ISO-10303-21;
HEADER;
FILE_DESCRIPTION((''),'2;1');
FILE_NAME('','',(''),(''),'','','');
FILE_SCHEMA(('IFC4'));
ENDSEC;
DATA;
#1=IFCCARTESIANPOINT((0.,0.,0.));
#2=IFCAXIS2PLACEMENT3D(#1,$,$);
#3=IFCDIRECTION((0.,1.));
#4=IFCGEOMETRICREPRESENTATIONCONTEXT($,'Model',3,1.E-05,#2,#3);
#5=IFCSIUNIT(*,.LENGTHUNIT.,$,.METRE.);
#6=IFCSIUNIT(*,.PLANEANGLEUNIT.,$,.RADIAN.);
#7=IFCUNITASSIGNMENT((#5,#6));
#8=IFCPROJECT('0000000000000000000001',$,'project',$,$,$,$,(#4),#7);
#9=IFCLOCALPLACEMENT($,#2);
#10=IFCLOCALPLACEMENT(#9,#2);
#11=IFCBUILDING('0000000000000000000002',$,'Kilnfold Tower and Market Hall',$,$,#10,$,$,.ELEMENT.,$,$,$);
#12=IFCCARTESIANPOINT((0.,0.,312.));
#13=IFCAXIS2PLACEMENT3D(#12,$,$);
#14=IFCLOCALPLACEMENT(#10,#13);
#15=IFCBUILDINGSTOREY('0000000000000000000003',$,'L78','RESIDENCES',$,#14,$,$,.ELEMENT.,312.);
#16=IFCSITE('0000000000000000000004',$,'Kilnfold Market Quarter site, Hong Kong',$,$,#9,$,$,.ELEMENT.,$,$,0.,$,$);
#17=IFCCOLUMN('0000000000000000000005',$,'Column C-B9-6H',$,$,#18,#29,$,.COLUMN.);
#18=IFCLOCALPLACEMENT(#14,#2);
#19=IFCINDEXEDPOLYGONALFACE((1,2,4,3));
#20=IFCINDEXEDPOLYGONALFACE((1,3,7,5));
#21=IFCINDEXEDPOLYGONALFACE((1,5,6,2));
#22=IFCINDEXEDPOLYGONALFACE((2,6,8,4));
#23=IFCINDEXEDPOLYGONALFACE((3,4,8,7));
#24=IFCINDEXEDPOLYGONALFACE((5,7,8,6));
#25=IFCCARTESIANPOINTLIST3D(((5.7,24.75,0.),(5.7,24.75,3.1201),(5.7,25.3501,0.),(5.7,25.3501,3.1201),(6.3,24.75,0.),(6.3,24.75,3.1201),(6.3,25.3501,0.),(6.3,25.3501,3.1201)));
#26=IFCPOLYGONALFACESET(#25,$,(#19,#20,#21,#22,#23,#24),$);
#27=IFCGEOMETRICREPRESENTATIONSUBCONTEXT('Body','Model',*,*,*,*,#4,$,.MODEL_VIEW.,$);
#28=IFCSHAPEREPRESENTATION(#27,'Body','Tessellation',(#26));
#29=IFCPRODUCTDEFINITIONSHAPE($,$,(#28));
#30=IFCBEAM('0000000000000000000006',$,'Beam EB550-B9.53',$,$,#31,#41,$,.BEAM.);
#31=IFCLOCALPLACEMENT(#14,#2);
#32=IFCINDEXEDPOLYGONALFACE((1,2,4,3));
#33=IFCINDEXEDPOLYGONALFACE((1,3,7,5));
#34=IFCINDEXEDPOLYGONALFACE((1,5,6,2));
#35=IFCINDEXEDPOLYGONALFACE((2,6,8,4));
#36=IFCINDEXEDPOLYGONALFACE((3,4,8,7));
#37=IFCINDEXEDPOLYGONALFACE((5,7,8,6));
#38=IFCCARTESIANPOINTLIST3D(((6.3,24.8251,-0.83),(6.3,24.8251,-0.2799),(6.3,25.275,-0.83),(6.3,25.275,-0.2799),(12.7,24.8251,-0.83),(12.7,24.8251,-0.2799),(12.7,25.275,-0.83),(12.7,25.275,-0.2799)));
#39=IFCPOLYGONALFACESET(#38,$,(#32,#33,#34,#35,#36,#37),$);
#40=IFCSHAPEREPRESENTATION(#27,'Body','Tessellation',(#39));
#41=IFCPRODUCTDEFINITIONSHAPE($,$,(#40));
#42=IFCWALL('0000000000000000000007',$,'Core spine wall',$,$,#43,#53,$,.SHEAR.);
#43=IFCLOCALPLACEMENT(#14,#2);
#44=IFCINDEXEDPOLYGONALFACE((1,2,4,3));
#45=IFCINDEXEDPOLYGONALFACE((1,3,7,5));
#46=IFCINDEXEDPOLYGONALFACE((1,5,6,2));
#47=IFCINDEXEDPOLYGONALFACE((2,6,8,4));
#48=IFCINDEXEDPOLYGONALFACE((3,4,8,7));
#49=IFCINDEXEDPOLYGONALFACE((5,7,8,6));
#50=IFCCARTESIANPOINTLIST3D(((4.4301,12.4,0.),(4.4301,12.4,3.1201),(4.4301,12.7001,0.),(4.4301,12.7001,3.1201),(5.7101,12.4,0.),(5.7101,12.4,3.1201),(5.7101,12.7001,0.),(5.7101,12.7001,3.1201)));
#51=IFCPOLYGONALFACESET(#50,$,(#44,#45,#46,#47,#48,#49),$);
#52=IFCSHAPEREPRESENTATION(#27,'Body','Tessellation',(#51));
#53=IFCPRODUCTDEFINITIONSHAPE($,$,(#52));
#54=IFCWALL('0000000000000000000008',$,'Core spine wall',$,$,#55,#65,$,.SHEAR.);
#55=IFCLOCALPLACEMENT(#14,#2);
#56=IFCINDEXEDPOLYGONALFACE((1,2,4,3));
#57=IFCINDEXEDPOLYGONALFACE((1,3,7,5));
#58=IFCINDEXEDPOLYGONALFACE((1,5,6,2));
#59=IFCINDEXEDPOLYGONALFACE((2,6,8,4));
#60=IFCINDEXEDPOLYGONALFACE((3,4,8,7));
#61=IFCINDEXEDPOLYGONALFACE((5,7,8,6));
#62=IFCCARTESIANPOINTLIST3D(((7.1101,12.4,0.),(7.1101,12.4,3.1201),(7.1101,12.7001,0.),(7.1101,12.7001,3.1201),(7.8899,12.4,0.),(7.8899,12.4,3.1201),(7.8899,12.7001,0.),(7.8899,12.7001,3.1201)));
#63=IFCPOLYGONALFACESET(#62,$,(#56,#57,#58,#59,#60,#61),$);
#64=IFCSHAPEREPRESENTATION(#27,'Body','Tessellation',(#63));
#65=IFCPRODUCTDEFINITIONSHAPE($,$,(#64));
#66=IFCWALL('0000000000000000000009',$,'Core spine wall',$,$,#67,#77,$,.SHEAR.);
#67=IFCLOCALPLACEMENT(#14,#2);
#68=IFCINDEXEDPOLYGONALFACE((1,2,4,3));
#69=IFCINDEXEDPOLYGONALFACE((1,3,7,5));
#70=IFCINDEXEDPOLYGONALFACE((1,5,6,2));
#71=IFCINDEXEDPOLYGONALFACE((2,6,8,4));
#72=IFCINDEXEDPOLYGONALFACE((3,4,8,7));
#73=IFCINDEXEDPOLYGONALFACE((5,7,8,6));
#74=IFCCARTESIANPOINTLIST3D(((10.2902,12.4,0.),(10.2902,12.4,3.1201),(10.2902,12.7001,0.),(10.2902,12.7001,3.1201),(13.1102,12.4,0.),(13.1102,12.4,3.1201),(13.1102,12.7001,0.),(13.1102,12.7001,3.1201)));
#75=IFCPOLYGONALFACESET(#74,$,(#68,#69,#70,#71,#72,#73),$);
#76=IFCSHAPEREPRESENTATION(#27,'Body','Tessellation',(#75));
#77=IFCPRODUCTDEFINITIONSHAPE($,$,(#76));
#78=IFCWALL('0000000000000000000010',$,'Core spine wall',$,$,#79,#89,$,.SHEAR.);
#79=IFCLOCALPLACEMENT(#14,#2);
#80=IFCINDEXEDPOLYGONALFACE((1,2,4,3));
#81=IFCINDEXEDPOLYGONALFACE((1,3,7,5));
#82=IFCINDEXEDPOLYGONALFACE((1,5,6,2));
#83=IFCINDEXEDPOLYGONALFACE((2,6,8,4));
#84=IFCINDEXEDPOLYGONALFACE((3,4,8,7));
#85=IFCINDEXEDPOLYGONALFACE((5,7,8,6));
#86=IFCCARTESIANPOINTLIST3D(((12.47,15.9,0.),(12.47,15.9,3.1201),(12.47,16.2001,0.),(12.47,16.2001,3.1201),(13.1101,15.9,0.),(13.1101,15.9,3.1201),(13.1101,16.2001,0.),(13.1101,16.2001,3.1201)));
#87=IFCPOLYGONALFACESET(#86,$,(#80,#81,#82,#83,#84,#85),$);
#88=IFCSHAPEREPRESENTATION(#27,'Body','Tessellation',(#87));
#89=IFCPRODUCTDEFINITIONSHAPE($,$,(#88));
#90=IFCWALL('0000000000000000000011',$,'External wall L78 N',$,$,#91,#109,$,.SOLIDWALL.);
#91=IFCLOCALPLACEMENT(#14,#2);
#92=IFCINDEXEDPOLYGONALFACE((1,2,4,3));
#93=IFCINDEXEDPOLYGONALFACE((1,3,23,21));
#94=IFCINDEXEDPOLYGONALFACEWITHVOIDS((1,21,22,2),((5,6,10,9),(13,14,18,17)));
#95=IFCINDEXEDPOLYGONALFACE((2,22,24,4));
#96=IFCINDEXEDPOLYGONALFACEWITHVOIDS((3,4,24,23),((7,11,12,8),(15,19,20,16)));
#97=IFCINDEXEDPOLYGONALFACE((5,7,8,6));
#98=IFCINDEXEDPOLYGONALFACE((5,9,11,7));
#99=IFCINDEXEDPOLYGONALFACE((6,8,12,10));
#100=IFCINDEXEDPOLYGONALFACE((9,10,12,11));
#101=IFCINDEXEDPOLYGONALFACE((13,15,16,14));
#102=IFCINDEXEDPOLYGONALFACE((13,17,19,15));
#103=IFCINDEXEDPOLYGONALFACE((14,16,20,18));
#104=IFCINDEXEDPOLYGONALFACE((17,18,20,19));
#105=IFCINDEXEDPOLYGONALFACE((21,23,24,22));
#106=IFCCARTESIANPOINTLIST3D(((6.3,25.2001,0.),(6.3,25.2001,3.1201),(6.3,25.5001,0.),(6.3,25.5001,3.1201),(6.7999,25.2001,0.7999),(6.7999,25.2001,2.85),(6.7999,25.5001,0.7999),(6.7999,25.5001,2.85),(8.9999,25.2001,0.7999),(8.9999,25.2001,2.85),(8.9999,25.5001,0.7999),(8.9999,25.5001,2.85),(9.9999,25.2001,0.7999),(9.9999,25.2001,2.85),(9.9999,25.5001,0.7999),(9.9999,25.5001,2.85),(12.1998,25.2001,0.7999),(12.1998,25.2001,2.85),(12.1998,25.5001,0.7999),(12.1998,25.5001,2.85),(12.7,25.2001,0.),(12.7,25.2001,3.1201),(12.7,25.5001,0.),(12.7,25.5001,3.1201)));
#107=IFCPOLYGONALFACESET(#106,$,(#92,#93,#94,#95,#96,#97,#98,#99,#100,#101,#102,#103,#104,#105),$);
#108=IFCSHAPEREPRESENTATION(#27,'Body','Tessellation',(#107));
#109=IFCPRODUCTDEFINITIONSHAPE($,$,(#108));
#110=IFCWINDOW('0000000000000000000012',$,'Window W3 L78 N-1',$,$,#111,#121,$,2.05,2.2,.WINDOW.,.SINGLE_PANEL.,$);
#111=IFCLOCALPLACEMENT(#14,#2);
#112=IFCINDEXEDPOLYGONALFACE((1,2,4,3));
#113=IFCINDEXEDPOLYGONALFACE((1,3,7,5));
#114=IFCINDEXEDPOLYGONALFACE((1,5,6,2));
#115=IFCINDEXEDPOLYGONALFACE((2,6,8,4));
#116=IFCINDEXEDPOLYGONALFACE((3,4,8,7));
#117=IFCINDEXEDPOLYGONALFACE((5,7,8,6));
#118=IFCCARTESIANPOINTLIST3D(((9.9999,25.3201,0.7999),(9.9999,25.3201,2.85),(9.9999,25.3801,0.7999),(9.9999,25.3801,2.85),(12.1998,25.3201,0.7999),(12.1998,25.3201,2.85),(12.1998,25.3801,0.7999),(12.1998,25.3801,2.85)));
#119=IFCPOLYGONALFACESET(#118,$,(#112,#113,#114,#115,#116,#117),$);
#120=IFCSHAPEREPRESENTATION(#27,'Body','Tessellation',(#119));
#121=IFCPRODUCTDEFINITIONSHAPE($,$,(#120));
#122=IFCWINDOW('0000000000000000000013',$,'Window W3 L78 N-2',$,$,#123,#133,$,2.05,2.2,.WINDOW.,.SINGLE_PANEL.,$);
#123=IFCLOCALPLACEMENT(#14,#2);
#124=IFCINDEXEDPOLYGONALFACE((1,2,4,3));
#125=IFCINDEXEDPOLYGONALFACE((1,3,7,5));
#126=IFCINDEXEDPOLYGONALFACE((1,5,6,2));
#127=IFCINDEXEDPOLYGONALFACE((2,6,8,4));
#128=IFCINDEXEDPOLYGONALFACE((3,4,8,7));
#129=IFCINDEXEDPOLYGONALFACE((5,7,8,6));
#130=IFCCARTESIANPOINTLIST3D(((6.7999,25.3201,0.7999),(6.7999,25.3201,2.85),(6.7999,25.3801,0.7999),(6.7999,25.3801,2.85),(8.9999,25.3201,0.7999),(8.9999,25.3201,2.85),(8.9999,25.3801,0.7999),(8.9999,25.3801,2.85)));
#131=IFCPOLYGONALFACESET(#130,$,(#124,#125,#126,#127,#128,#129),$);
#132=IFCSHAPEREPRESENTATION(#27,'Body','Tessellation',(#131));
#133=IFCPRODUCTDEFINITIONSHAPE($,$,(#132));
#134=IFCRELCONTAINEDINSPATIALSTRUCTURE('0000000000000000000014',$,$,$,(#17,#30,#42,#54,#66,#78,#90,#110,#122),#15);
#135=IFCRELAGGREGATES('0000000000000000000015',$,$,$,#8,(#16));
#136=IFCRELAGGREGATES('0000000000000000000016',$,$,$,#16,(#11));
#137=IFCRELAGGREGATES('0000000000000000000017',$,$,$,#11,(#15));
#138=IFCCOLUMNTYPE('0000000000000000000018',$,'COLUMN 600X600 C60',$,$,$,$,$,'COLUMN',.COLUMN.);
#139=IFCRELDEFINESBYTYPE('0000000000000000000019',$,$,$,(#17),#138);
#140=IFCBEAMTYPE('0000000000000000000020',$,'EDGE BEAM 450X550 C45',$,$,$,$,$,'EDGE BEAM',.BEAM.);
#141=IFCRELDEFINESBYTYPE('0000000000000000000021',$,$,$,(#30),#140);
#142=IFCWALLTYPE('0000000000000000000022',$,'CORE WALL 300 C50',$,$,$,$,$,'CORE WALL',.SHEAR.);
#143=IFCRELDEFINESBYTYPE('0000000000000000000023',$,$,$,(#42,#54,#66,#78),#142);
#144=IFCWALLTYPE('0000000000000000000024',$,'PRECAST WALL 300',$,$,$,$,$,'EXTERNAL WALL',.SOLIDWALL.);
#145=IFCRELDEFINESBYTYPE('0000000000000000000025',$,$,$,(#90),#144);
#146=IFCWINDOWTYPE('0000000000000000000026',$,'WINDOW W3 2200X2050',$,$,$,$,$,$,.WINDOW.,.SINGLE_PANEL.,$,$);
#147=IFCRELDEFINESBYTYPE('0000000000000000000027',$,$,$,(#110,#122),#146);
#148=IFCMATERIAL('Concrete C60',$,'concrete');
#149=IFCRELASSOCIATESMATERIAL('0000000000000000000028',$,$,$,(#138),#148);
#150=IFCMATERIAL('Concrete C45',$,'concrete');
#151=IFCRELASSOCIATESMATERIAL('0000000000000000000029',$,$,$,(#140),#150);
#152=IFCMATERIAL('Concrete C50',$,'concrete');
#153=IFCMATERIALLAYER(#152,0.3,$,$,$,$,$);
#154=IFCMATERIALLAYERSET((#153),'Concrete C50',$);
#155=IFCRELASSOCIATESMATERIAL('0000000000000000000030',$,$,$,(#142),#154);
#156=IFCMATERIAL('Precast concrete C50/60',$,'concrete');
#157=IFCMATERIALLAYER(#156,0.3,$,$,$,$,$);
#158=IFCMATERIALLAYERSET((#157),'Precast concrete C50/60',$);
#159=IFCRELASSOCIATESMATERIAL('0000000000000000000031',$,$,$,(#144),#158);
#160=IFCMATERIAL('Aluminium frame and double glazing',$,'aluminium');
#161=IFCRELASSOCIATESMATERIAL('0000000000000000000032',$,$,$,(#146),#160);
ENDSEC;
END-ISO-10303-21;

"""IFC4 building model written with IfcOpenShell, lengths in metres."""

from ifc_helpers import new_model, si_unit, direction, frame, frame_2d, origin, origin_2d, place, context, subcontext, project, spatial, rectangle, extrude, source, transform, mapped, material, layer, layer_set, material_profile, profile_set, type_object, element, fill, save


model = new_model("IFC4")

# Units and contexts
model_context = context("Model", 3, precision=1e-05, world=origin(), true_north=direction((0.0, 1.0)))
body_context = subcontext(model_context, "Body", "Model", "MODEL_VIEW")
ifc_project = project(units=[si_unit("LENGTHUNIT", "METRE"), si_unit("PLANEANGLEUNIT", "RADIAN")], contexts=[model_context])

# Site, building, storey
site_placement = place(None, origin())
site = spatial("IfcSite", under=ifc_project, at=site_placement, Name="Kilnfold Market Quarter site, Hong Kong", CompositionType="ELEMENT", RefElevation=0.0)
building_placement = place(site_placement, origin())
building = spatial("IfcBuilding", under=site, at=building_placement, Name="Kilnfold Tower and Market Hall", CompositionType="ELEMENT")
storey_placement = place(building_placement, frame((0.0, 0.0, 312.0)))
storey = spatial("IfcBuildingStorey", under=building, at=storey_placement, Name="L78", Description="RESIDENCES", CompositionType="ELEMENT", Elevation=312.0)

# Column
ifc_material_1 = material(Name="Concrete C60", Category="concrete")
ifc_material_profile_1 = material_profile(ifc_material_1, rectangle(XDim=0.6001, YDim=0.6001, at=origin_2d()), Name="RC 600x600")
ifc_profile_set_1 = profile_set([ifc_material_profile_1], Name="Concrete C60")
column_type = type_object("IfcColumnType", Name="COLUMN 600X600 C60", ElementType="COLUMN", PredefinedType="COLUMN", material=ifc_profile_set_1)
shared_shape_1 = source(origin(), body_context, "Body", "SweptSolid", [
    extrude(rectangle(XDim=0.6001, YDim=0.6001, at=origin_2d()), origin(), (0.0, 0.0, 1.0), 3.1201),
])
column_placement = place(storey_placement, frame((6.0, 25.05, 0.0), z_axis=(0.0, 0.0, 1.0), x_axis=(1.0, 0.0, 0.0)))
element("IfcColumn", 1, at=column_placement, inside=storey, type_object=column_type, Name="Column C-B9-6H", PredefinedType="COLUMN", context=body_context, shape_type="MappedRepresentation", body=[
    mapped(shared_shape_1, transform((0.0, 0.0, 0.0))),
])

# Beam
ifc_material_2 = material(Name="Concrete C45", Category="concrete")
ifc_material_profile_2 = material_profile(ifc_material_2, rectangle(XDim=0.45, YDim=0.55, at=origin_2d()), Name="RC 450x550")
ifc_profile_set_2 = profile_set([ifc_material_profile_2], Name="Concrete C45")
beam_type = type_object("IfcBeamType", Name="EDGE BEAM 450X550 C45", ElementType="EDGE BEAM", PredefinedType="BEAM", material=ifc_profile_set_2)
shared_shape_2 = source(origin(), body_context, "Body", "SweptSolid", [
    extrude(rectangle(XDim=0.45, YDim=0.55, at=origin_2d()), origin(), (0.0, 0.0, 1.0), 6.3999),
])
beam_placement = place(storey_placement, frame((6.3, 25.05, -0.5549), z_axis=(1.0, 0.0, 0.0), x_axis=(0.0, 1.0, 0.0)))
element("IfcBeam", 2, at=beam_placement, inside=storey, type_object=beam_type, Name="Beam EB550-B9.53", PredefinedType="BEAM", context=body_context, shape_type="MappedRepresentation", body=[
    mapped(shared_shape_2, transform((0.0, 0.0, 0.0))),
])

# Walls
ifc_material_3 = material(Name="Concrete C50", Category="concrete")
ifc_layer_1 = layer(ifc_material_3, 0.3)
ifc_layer_set_1 = layer_set([ifc_layer_1], Name="Concrete C50")
wall_type_1 = type_object("IfcWallType", Name="CORE WALL 300 C50", ElementType="CORE WALL", PredefinedType="SHEAR", material=ifc_layer_set_1)
shared_shape_3 = source(origin(), body_context, "Body", "SweptSolid", [
    extrude(rectangle(XDim=1.28, YDim=0.3, at=frame_2d((0.6401, 0.0))), origin(), (0.0, 0.0, 1.0), 3.1201),
])
wall_1_placement = place(storey_placement, frame((4.4299, 12.55, 0.0), z_axis=(0.0, 0.0, 1.0), x_axis=(1.0, 0.0, 0.0)))
element("IfcWall", 3, at=wall_1_placement, inside=storey, type_object=wall_type_1, Name="Core spine wall", PredefinedType="SHEAR", context=body_context, shape_type="MappedRepresentation", body=[
    mapped(shared_shape_3, transform((0.0, 0.0, 0.0))),
])
shared_shape_4 = source(origin(), body_context, "Body", "SweptSolid", [
    extrude(rectangle(XDim=0.7798, YDim=0.3, at=frame_2d((0.3899, 0.0))), origin(), (0.0, 0.0, 1.0), 3.1201),
])
wall_2_placement = place(storey_placement, frame((7.1101, 12.55, 0.0), z_axis=(0.0, 0.0, 1.0), x_axis=(1.0, 0.0, 0.0)))
element("IfcWall", 4, at=wall_2_placement, inside=storey, type_object=wall_type_1, Name="Core spine wall", PredefinedType="SHEAR", context=body_context, shape_type="MappedRepresentation", body=[
    mapped(shared_shape_4, transform((0.0, 0.0, 0.0))),
])
shared_shape_5 = source(origin(), body_context, "Body", "SweptSolid", [
    extrude(rectangle(XDim=2.8201, YDim=0.3, at=frame_2d((1.4102, 0.0))), origin(), (0.0, 0.0, 1.0), 3.1201),
])
wall_3_placement = place(storey_placement, frame((10.29, 12.55, 0.0), z_axis=(0.0, 0.0, 1.0), x_axis=(1.0, 0.0, 0.0)))
element("IfcWall", 5, at=wall_3_placement, inside=storey, type_object=wall_type_1, Name="Core spine wall", PredefinedType="SHEAR", context=body_context, shape_type="MappedRepresentation", body=[
    mapped(shared_shape_5, transform((0.0, 0.0, 0.0))),
])
shared_shape_6 = source(origin(), body_context, "Body", "SweptSolid", [
    extrude(rectangle(XDim=0.6401, YDim=0.3, at=frame_2d((0.3201, 0.0))), origin(), (0.0, 0.0, 1.0), 3.1201),
])
wall_4_placement = place(storey_placement, frame((12.47, 16.05, 0.0), z_axis=(0.0, 0.0, 1.0), x_axis=(1.0, 0.0, 0.0)))
element("IfcWall", 6, at=wall_4_placement, inside=storey, type_object=wall_type_1, Name="Core spine wall", PredefinedType="SHEAR", context=body_context, shape_type="MappedRepresentation", body=[
    mapped(shared_shape_6, transform((0.0, 0.0, 0.0))),
])

# Wall, openings, windows
ifc_material_4 = material(Name="Precast concrete C50/60", Category="concrete")
ifc_layer_2 = layer(ifc_material_4, 0.3)
ifc_layer_set_2 = layer_set([ifc_layer_2], Name="Precast concrete C50/60")
wall_type_2 = type_object("IfcWallType", Name="PRECAST WALL 300", ElementType="EXTERNAL WALL", PredefinedType="SOLIDWALL", material=ifc_layer_set_2)
shared_shape_7 = source(origin(), body_context, "Body", "SweptSolid", [
    extrude(rectangle(XDim=6.3999, YDim=0.3, at=frame_2d((3.2, 0.0))), origin(), (0.0, 0.0, 1.0), 3.1201),
])
wall_5_placement = place(storey_placement, frame((12.7, 25.3501, 0.0), z_axis=(0.0, 0.0, 1.0), x_axis=(-1.0, 0.0, 0.0)))
wall_5 = element("IfcWall", 7, at=wall_5_placement, inside=storey, type_object=wall_type_2, Name="External wall L78 N", PredefinedType="SOLIDWALL", context=body_context, shape_type="MappedRepresentation", body=[
    mapped(shared_shape_7, transform((0.0, 0.0, 0.0))),
])
opening_1_placement = place(wall_5_placement, frame((0.5, 0.0, 0.8)))
opening_1 = element("IfcOpeningElement", 8, at=opening_1_placement, cuts=wall_5, PredefinedType="OPENING", context=body_context, shape_type="SweptSolid", body=[
    extrude(rectangle(XDim=2.2, YDim=2.05, at=frame_2d((1.1001, 1.0249))), frame((0.0, 0.1602, 0.0), z_axis=(0.0, -1.0, 0.0), x_axis=(1.0, 0.0, 0.0)), (0.0, 0.0, 1.0), 0.3201),
])
opening_2_placement = place(wall_5_placement, frame((3.7, 0.0, 0.8)))
opening_2 = element("IfcOpeningElement", 9, at=opening_2_placement, cuts=wall_5, PredefinedType="OPENING", context=body_context, shape_type="SweptSolid", body=[
    extrude(rectangle(XDim=2.2, YDim=2.05, at=frame_2d((1.1001, 1.0249))), frame((0.0, 0.1602, 0.0), z_axis=(0.0, -1.0, 0.0), x_axis=(1.0, 0.0, 0.0)), (0.0, 0.0, 1.0), 0.3201),
])
ifc_material_5 = material(Name="Aluminium frame and double glazing", Category="aluminium")
window_type = type_object("IfcWindowType", Name="WINDOW W3 2200X2050", PartitioningType="SINGLE_PANEL", PredefinedType="WINDOW", material=ifc_material_5)
window_1_placement = place(opening_1_placement, origin())
window_1 = element("IfcWindow", 10, at=window_1_placement, inside=storey, type_object=window_type, Name="Window W3 L78 N-1", OverallHeight=2.05, OverallWidth=2.2, PartitioningType="SINGLE_PANEL", PredefinedType="WINDOW", context=body_context, shape_type="SweptSolid", body=[
    extrude(rectangle(XDim=2.2, YDim=2.05, at=frame_2d((1.1001, 1.0249))), frame((0.0, 0.03, 0.0), z_axis=(0.0, -1.0, 0.0), x_axis=(1.0, 0.0, 0.0)), (0.0, 0.0, 1.0), 0.0601),
])
fill(opening_1, window_1)
window_2_placement = place(opening_2_placement, origin())
window_2 = element("IfcWindow", 11, at=window_2_placement, inside=storey, type_object=window_type, Name="Window W3 L78 N-2", OverallHeight=2.05, OverallWidth=2.2, PartitioningType="SINGLE_PANEL", PredefinedType="WINDOW", context=body_context, shape_type="SweptSolid", body=[
    extrude(rectangle(XDim=2.2, YDim=2.05, at=frame_2d((1.1001, 1.0249))), frame((0.0, 0.03, 0.0), z_axis=(0.0, -1.0, 0.0), x_axis=(1.0, 0.0, 0.0)), (0.0, 0.0, 1.0), 0.0601),
])
fill(opening_2, window_2)

save(model, "model.ifc")
